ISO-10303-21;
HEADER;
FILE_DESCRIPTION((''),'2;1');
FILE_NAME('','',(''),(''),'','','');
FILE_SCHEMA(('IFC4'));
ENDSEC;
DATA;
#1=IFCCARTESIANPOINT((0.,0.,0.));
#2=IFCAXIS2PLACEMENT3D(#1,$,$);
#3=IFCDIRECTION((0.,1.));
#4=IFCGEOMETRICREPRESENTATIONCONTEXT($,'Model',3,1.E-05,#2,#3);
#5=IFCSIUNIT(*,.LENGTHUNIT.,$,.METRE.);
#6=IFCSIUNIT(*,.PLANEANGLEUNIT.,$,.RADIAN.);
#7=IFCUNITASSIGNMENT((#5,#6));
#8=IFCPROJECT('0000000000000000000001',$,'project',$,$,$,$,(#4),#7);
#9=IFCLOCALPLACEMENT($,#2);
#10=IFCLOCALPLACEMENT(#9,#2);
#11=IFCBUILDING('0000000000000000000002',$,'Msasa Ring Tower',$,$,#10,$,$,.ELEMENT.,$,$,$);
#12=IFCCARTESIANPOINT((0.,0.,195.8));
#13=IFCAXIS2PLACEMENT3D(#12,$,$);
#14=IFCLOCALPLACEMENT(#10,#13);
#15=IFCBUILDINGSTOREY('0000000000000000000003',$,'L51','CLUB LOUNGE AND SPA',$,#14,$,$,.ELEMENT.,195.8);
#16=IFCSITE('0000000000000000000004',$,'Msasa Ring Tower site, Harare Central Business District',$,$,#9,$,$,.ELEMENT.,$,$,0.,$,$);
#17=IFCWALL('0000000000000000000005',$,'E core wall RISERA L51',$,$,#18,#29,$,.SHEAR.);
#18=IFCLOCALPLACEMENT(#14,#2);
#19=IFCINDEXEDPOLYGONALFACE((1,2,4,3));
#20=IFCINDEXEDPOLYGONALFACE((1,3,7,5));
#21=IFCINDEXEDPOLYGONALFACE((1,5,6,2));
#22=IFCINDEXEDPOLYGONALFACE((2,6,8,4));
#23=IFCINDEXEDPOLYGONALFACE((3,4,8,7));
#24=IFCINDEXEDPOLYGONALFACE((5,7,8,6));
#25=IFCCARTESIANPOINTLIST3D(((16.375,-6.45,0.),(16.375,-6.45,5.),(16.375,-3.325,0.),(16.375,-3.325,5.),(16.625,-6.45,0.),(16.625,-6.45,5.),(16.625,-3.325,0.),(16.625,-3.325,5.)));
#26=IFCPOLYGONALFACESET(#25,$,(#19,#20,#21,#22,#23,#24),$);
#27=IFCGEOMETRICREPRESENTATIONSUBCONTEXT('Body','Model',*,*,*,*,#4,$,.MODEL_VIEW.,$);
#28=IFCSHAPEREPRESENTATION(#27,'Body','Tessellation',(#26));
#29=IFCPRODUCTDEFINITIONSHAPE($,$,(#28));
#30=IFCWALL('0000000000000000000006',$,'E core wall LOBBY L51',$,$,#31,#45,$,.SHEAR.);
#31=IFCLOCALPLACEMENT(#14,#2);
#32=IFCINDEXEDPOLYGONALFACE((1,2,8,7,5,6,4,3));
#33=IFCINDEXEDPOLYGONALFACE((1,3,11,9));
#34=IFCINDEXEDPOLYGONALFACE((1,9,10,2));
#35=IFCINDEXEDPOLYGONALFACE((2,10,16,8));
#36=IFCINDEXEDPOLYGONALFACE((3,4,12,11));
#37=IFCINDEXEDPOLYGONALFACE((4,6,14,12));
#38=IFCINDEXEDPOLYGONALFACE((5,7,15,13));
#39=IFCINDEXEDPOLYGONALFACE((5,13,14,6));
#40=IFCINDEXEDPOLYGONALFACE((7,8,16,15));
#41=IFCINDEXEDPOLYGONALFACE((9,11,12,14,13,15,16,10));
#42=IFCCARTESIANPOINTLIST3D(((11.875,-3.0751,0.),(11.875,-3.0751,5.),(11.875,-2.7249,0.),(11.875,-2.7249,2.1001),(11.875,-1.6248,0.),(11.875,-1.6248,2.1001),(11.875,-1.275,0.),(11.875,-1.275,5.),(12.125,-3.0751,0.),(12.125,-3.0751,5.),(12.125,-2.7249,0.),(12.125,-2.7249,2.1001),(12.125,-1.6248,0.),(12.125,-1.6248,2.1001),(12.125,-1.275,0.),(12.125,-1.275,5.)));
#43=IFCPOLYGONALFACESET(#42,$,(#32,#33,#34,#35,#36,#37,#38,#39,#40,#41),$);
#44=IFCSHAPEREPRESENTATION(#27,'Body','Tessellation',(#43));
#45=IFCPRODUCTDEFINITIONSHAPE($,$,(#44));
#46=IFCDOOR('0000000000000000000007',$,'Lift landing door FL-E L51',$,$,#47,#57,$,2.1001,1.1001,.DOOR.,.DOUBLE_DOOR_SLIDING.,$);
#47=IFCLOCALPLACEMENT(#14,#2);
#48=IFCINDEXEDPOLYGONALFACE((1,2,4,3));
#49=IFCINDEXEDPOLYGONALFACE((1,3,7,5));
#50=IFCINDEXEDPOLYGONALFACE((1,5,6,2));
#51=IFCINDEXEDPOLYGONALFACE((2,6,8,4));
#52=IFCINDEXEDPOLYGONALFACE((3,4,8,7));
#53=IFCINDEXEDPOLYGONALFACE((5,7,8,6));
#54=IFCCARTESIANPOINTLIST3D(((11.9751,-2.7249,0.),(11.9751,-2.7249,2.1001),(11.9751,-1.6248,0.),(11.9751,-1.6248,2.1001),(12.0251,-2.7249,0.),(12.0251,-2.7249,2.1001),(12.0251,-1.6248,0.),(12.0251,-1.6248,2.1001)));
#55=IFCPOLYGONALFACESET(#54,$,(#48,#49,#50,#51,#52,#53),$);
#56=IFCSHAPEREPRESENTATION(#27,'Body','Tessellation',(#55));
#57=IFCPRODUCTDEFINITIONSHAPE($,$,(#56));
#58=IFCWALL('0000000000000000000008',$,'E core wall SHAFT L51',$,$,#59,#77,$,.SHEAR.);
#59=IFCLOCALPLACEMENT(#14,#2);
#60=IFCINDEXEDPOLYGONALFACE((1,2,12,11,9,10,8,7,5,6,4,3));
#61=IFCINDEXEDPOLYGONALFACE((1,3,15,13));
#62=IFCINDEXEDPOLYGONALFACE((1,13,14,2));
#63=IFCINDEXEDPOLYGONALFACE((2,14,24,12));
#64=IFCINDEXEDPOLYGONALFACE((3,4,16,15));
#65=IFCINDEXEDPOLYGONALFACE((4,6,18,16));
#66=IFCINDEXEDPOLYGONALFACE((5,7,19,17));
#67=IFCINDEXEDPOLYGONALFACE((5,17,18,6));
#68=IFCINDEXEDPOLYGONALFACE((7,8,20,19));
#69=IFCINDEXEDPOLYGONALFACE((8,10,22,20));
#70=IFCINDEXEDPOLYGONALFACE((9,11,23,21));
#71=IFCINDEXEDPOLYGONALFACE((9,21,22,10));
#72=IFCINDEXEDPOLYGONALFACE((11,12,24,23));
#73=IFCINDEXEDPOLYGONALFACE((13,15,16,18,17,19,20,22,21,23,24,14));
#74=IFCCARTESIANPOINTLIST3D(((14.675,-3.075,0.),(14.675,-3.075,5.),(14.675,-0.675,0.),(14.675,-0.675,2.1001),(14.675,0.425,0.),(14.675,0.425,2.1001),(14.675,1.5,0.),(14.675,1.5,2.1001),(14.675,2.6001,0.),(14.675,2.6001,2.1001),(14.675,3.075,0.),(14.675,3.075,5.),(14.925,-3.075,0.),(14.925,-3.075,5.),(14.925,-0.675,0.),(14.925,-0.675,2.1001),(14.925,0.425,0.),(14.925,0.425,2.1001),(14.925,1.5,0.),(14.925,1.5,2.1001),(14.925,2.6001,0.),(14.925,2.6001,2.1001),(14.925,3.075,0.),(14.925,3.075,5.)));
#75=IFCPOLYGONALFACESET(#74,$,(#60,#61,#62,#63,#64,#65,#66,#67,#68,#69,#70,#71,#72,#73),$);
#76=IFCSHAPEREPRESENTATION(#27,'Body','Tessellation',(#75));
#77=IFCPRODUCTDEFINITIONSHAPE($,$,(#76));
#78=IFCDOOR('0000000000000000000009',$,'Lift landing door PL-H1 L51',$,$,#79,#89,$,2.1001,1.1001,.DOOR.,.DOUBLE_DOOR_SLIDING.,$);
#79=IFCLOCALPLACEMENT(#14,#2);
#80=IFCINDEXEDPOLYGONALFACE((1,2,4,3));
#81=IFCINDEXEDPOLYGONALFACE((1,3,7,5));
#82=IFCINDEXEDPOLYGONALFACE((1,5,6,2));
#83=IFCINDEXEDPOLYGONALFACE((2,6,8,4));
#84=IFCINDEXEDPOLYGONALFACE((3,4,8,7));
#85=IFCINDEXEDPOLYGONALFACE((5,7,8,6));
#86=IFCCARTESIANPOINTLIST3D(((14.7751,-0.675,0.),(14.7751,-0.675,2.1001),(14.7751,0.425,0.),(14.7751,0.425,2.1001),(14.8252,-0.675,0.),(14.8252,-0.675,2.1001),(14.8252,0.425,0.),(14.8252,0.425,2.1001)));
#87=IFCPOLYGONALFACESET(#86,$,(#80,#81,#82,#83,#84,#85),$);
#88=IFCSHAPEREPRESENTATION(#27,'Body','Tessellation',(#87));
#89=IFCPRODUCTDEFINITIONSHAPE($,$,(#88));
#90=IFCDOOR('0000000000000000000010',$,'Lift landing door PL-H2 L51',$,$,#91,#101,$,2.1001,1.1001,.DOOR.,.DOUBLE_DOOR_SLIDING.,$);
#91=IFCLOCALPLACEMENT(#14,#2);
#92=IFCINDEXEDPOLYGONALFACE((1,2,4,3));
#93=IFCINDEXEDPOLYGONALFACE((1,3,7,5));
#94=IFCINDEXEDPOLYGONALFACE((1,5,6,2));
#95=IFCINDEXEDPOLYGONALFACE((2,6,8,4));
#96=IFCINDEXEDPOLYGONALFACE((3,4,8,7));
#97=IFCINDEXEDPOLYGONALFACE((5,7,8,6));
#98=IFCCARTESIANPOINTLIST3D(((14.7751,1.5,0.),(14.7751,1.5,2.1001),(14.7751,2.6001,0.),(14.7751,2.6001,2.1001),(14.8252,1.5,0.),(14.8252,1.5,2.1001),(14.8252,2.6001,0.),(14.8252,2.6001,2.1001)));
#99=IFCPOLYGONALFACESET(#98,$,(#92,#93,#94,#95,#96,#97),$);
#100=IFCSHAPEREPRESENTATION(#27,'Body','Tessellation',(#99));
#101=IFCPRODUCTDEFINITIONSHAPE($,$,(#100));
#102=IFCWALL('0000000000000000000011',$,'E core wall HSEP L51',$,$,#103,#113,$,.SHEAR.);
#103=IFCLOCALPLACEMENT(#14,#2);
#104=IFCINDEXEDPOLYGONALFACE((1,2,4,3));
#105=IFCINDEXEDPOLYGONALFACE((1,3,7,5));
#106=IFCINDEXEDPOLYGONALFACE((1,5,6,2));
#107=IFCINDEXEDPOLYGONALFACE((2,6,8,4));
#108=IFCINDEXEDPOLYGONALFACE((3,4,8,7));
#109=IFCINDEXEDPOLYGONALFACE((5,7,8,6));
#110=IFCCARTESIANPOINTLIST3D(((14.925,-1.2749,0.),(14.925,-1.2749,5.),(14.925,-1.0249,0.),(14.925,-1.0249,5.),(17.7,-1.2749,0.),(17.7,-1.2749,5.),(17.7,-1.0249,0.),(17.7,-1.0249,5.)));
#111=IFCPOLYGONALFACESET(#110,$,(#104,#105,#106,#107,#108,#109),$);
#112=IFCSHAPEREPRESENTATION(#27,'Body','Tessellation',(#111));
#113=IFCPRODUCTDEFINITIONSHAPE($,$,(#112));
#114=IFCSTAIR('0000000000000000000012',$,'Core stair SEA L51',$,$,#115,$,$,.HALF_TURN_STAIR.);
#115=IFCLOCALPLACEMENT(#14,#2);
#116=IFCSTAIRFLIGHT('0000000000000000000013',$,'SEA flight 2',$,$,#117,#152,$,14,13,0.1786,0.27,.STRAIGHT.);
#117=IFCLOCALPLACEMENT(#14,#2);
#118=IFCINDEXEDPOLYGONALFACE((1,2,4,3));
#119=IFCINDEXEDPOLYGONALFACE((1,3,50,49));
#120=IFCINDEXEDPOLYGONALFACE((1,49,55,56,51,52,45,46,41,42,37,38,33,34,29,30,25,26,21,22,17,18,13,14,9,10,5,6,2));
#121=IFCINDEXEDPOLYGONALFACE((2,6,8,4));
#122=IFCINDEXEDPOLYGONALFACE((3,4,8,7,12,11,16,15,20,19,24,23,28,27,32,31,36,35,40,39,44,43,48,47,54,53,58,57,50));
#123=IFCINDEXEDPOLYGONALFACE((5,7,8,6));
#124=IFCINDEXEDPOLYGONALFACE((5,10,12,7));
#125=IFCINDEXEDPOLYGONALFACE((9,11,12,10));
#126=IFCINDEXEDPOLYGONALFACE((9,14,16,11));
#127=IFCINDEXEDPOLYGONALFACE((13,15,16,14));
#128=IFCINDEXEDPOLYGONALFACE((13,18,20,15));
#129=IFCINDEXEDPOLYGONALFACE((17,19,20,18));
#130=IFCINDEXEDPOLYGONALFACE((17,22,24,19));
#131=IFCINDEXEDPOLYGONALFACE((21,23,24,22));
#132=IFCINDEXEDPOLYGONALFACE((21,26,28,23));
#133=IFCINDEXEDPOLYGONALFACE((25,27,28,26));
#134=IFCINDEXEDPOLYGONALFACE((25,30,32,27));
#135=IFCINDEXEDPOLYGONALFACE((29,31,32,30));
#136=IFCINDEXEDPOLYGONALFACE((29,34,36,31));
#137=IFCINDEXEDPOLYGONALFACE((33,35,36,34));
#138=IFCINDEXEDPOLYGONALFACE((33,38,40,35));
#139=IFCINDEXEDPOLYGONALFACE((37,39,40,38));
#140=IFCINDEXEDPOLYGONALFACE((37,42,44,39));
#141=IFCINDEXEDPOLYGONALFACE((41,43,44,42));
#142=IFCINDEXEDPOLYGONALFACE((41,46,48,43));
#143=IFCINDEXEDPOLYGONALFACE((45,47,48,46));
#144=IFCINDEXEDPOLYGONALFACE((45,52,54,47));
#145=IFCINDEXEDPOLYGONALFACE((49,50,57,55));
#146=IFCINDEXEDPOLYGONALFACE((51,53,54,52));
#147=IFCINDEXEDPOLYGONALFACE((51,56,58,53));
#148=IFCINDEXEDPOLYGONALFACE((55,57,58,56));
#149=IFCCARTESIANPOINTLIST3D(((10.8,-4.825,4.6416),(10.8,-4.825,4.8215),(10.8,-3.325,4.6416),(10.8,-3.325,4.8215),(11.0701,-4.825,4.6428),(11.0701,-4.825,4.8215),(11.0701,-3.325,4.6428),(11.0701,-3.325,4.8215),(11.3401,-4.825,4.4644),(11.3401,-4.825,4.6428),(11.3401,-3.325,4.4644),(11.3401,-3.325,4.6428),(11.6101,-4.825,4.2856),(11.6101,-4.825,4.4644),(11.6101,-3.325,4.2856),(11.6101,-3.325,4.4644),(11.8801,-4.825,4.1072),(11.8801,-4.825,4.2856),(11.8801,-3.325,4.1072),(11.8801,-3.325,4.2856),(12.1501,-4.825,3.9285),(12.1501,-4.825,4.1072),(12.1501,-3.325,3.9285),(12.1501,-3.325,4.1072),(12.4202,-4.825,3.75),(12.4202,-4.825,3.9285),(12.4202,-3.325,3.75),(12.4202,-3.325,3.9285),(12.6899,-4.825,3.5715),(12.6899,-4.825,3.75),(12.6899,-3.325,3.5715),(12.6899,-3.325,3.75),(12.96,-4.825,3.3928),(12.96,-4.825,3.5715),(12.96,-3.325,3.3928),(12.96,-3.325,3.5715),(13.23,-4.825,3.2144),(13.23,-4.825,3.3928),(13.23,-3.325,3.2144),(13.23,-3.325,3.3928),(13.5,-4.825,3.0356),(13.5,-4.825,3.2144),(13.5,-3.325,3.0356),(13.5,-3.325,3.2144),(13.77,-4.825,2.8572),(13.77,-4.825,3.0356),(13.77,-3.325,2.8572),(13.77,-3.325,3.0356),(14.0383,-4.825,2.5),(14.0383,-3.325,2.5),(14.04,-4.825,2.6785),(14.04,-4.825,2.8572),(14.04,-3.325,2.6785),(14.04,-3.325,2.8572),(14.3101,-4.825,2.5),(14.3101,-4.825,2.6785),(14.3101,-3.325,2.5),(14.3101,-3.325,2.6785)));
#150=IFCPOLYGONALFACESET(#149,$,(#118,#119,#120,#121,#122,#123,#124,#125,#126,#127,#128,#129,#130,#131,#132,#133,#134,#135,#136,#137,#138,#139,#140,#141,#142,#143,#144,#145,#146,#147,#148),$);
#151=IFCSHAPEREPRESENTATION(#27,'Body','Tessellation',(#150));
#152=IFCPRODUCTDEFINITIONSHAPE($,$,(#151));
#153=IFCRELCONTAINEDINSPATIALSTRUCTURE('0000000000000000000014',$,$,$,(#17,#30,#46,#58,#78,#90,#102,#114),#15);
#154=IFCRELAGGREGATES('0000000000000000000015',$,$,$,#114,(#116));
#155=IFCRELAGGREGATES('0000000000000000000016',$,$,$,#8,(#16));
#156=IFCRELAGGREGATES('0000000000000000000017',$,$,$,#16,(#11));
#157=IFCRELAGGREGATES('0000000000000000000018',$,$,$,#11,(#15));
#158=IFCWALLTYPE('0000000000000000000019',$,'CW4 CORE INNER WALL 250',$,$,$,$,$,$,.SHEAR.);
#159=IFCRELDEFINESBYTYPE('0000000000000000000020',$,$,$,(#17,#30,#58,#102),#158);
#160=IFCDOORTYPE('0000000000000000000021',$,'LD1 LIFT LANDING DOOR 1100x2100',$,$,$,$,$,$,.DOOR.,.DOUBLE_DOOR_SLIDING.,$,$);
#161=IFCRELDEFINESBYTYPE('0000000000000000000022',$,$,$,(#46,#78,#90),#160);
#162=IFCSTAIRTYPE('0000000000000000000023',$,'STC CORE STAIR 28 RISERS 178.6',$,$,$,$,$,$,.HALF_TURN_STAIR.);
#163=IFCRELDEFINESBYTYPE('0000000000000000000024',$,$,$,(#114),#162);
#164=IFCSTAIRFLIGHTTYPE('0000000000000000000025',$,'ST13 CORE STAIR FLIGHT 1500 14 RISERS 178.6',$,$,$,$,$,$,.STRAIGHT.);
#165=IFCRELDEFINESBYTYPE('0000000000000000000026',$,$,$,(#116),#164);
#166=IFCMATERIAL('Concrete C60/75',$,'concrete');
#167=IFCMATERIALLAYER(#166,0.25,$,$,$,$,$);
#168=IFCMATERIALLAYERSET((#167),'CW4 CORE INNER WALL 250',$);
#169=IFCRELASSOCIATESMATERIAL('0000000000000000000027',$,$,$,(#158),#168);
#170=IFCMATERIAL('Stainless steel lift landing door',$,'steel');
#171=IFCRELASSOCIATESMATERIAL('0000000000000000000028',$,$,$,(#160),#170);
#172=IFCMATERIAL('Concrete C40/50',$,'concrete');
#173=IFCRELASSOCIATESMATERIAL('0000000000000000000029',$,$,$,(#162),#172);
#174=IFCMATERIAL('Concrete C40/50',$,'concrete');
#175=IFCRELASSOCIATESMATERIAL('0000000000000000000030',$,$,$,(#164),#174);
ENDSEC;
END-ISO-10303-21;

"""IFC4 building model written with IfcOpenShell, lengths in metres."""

from ifc_helpers import new_model, si_unit, direction, frame, frame_2d, origin, place, context, subcontext, project, spatial, polyline, rectangle, outline, extrude, material, layer, layer_set, type_object, element, fill, aggregate, save


model = new_model("IFC4")

# Units and contexts
model_context = context("Model", 3, precision=1e-05, world=origin(), true_north=direction((0.0, 1.0)))
body_context = subcontext(model_context, "Body", "Model", "MODEL_VIEW")
ifc_project = project(units=[si_unit("LENGTHUNIT", "METRE"), si_unit("PLANEANGLEUNIT", "RADIAN")], contexts=[model_context])

# Site, building, storey
site_placement = place(None, origin())
site = spatial("IfcSite", under=ifc_project, at=site_placement, Name="Msasa Ring Tower site, Harare Central Business District", CompositionType="ELEMENT", RefElevation=0.0)
building_placement = place(site_placement, origin())
building = spatial("IfcBuilding", under=site, at=building_placement, Name="Msasa Ring Tower", CompositionType="ELEMENT")
storey_placement = place(building_placement, frame((0.0, 0.0, 195.8)))
storey = spatial("IfcBuildingStorey", under=building, at=storey_placement, Name="L51", Description="CLUB LOUNGE AND SPA", CompositionType="ELEMENT", Elevation=195.8)

# Wall
ifc_material_1 = material(Name="Concrete C60/75", Category="concrete")
ifc_layer_1 = layer(ifc_material_1, 0.25)
ifc_layer_set_1 = layer_set([ifc_layer_1], Name="CW4 CORE INNER WALL 250")
wall_type_1 = type_object("IfcWallType", Name="CW4 CORE INNER WALL 250", PredefinedType="SHEAR", material=ifc_layer_set_1)
wall_1_placement = place(storey_placement, frame((16.5, -6.45, 0.0), z_axis=(0.0, 0.0, 1.0), x_axis=(0.0, 1.0, 0.0)))
element("IfcWall", 1, at=wall_1_placement, inside=storey, type_object=wall_type_1, Name="E core wall RISERA L51", PredefinedType="SHEAR", context=body_context, shape_type="SweptSolid", body=[
    extrude(rectangle(XDim=3.125, YDim=0.25, at=frame_2d((1.5625, 0.0))), origin(), (0.0, 0.0, 1.0), 5.0),
])

# Wall, opening, door
wall_2_placement = place(storey_placement, frame((12.0, -3.075, 0.0), z_axis=(0.0, 0.0, 1.0), x_axis=(0.0, 1.0, 0.0)))
wall_2 = element("IfcWall", 2, at=wall_2_placement, inside=storey, type_object=wall_type_1, Name="E core wall LOBBY L51", PredefinedType="SHEAR", context=body_context, shape_type="SweptSolid", body=[
    extrude(rectangle(XDim=1.8, YDim=0.25, at=frame_2d((0.8999, 0.0))), origin(), (0.0, 0.0, 1.0), 5.0),
])
opening_1_placement = place(wall_2_placement, frame((0.3501, 0.0, 0.0)))
opening_1 = element("IfcOpeningElement", 3, at=opening_1_placement, cuts=wall_2, PredefinedType="OPENING", context=body_context, shape_type="SweptSolid", body=[
    extrude(rectangle(XDim=1.1001, YDim=2.1001, at=frame_2d((0.55, 1.05))), frame((0.0, 0.135, 0.0), z_axis=(0.0, -1.0, 0.0), x_axis=(1.0, 0.0, 0.0)), (0.0, 0.0, 1.0), 0.27),
])
ifc_material_2 = material(Name="Stainless steel lift landing door", Category="steel")
door_type = type_object("IfcDoorType", Name="LD1 LIFT LANDING DOOR 1100x2100", OperationType="DOUBLE_DOOR_SLIDING", PredefinedType="DOOR", material=ifc_material_2)
door_1_placement = place(opening_1_placement, origin())
door_1 = element("IfcDoor", 4, at=door_1_placement, inside=storey, type_object=door_type, Name="Lift landing door FL-E L51", OperationType="DOUBLE_DOOR_SLIDING", OverallHeight=2.1001, OverallWidth=1.1001, PredefinedType="DOOR", context=body_context, shape_type="SweptSolid", body=[
    extrude(rectangle(XDim=1.1001, YDim=2.1001, at=frame_2d((0.55, 1.05))), frame((0.0, 0.0249, 0.0), z_axis=(0.0, -1.0, 0.0), x_axis=(1.0, 0.0, 0.0)), (0.0, 0.0, 1.0), 0.05),
])
fill(opening_1, door_1)

# Wall, openings, doors
wall_3_placement = place(storey_placement, frame((14.8, -3.075, 0.0), z_axis=(0.0, 0.0, 1.0), x_axis=(0.0, 1.0, 0.0)))
wall_3 = element("IfcWall", 5, at=wall_3_placement, inside=storey, type_object=wall_type_1, Name="E core wall SHAFT L51", PredefinedType="SHEAR", context=body_context, shape_type="SweptSolid", body=[
    extrude(rectangle(XDim=6.1499, YDim=0.25, at=frame_2d((3.075, 0.0))), origin(), (0.0, 0.0, 1.0), 5.0),
])
opening_2_placement = place(wall_3_placement, frame((2.3999, 0.0, 0.0)))
opening_2 = element("IfcOpeningElement", 6, at=opening_2_placement, cuts=wall_3, PredefinedType="OPENING", context=body_context, shape_type="SweptSolid", body=[
    extrude(rectangle(XDim=1.1001, YDim=2.1001, at=frame_2d((0.55, 1.05))), frame((0.0, 0.135, 0.0), z_axis=(0.0, -1.0, 0.0), x_axis=(1.0, 0.0, 0.0)), (0.0, 0.0, 1.0), 0.27),
])
opening_3_placement = place(wall_3_placement, frame((4.575, 0.0, 0.0)))
opening_3 = element("IfcOpeningElement", 7, at=opening_3_placement, cuts=wall_3, PredefinedType="OPENING", context=body_context, shape_type="SweptSolid", body=[
    extrude(rectangle(XDim=1.1001, YDim=2.1001, at=frame_2d((0.55, 1.05))), frame((0.0, 0.135, 0.0), z_axis=(0.0, -1.0, 0.0), x_axis=(1.0, 0.0, 0.0)), (0.0, 0.0, 1.0), 0.27),
])
door_2_placement = place(opening_2_placement, origin())
door_2 = element("IfcDoor", 8, at=door_2_placement, inside=storey, type_object=door_type, Name="Lift landing door PL-H1 L51", OperationType="DOUBLE_DOOR_SLIDING", OverallHeight=2.1001, OverallWidth=1.1001, PredefinedType="DOOR", context=body_context, shape_type="SweptSolid", body=[
    extrude(rectangle(XDim=1.1001, YDim=2.1001, at=frame_2d((0.55, 1.05))), frame((0.0, 0.0249, 0.0), z_axis=(0.0, -1.0, 0.0), x_axis=(1.0, 0.0, 0.0)), (0.0, 0.0, 1.0), 0.05),
])
fill(opening_2, door_2)
door_3_placement = place(opening_3_placement, origin())
door_3 = element("IfcDoor", 9, at=door_3_placement, inside=storey, type_object=door_type, Name="Lift landing door PL-H2 L51", OperationType="DOUBLE_DOOR_SLIDING", OverallHeight=2.1001, OverallWidth=1.1001, PredefinedType="DOOR", context=body_context, shape_type="SweptSolid", body=[
    extrude(rectangle(XDim=1.1001, YDim=2.1001, at=frame_2d((0.55, 1.05))), frame((0.0, 0.0249, 0.0), z_axis=(0.0, -1.0, 0.0), x_axis=(1.0, 0.0, 0.0)), (0.0, 0.0, 1.0), 0.05),
])
fill(opening_3, door_3)

# Wall
wall_4_placement = place(storey_placement, frame((14.925, -1.1499, 0.0), z_axis=(0.0, 0.0, 1.0), x_axis=(1.0, 0.0, 0.0)))
element("IfcWall", 10, at=wall_4_placement, inside=storey, type_object=wall_type_1, Name="E core wall HSEP L51", PredefinedType="SHEAR", context=body_context, shape_type="SweptSolid", body=[
    extrude(rectangle(XDim=2.7749, YDim=0.25, at=frame_2d((1.3875, 0.0))), origin(), (0.0, 0.0, 1.0), 5.0),
])

# Stair, stair flight
ifc_material_3 = material(Name="Concrete C40/50", Category="concrete")
stair_type = type_object("IfcStairType", Name="STC CORE STAIR 28 RISERS 178.6", PredefinedType="HALF_TURN_STAIR", material=ifc_material_3)
stair_placement = place(storey_placement, origin())
stair = element("IfcStair", 11, at=stair_placement, inside=storey, type_object=stair_type, Name="Core stair SEA L51", PredefinedType="HALF_TURN_STAIR")
ifc_material_4 = material(Name="Concrete C40/50", Category="concrete")
stair_flight_type = type_object("IfcStairFlightType", Name="ST13 CORE STAIR FLIGHT 1500 14 RISERS 178.6", PredefinedType="STRAIGHT", material=ifc_material_4)
stair_flight_placement = place(storey_placement, frame((14.3101, -4.075, 2.5), z_axis=(0.0, 0.0, 1.0), x_axis=(-1.0, 0.0, 0.0)))
stair_flight = element("IfcStairFlight", 12, at=stair_flight_placement, type_object=stair_flight_type, Name="SEA flight 2", NumberOfRisers=14, NumberOfTreads=13, PredefinedType="STRAIGHT", RiserHeight=0.1786, TreadLength=0.27, context=body_context, shape_type="SweptSolid", body=[
    extrude(outline(polyline([(0.0, 0.0), (0.0, 0.1785), (0.27, 0.1785), (0.27, 0.3572), (0.54, 0.3572), (0.54, 0.5356), (0.8101, 0.5356), (0.8101, 0.7144), (1.0801, 0.7144), (1.0801, 0.8928), (1.3501, 0.8928), (1.3501, 1.0715), (1.6201, 1.0715), (1.6201, 1.25), (1.8899, 1.25), (1.8899, 1.4285), (2.1599, 1.4285), (2.1599, 1.6072), (2.4299, 1.6072), (2.4299, 1.7856), (2.7, 1.7856), (2.7, 1.9644), (2.97, 1.9644), (2.97, 2.1428), (3.24, 2.1428), (3.24, 2.3215), (3.51, 2.3215), (3.51, 2.5), (3.51, 2.1416), (0.2717, 0.0), (0.0, 0.0)])), frame((0.0, 0.75, 0.0), z_axis=(0.0, -1.0, 0.0), x_axis=(1.0, 0.0, 0.0)), (0.0, 0.0, 1.0), 1.5),
])
aggregate(stair, [stair_flight])

save(model, "model.ifc")
